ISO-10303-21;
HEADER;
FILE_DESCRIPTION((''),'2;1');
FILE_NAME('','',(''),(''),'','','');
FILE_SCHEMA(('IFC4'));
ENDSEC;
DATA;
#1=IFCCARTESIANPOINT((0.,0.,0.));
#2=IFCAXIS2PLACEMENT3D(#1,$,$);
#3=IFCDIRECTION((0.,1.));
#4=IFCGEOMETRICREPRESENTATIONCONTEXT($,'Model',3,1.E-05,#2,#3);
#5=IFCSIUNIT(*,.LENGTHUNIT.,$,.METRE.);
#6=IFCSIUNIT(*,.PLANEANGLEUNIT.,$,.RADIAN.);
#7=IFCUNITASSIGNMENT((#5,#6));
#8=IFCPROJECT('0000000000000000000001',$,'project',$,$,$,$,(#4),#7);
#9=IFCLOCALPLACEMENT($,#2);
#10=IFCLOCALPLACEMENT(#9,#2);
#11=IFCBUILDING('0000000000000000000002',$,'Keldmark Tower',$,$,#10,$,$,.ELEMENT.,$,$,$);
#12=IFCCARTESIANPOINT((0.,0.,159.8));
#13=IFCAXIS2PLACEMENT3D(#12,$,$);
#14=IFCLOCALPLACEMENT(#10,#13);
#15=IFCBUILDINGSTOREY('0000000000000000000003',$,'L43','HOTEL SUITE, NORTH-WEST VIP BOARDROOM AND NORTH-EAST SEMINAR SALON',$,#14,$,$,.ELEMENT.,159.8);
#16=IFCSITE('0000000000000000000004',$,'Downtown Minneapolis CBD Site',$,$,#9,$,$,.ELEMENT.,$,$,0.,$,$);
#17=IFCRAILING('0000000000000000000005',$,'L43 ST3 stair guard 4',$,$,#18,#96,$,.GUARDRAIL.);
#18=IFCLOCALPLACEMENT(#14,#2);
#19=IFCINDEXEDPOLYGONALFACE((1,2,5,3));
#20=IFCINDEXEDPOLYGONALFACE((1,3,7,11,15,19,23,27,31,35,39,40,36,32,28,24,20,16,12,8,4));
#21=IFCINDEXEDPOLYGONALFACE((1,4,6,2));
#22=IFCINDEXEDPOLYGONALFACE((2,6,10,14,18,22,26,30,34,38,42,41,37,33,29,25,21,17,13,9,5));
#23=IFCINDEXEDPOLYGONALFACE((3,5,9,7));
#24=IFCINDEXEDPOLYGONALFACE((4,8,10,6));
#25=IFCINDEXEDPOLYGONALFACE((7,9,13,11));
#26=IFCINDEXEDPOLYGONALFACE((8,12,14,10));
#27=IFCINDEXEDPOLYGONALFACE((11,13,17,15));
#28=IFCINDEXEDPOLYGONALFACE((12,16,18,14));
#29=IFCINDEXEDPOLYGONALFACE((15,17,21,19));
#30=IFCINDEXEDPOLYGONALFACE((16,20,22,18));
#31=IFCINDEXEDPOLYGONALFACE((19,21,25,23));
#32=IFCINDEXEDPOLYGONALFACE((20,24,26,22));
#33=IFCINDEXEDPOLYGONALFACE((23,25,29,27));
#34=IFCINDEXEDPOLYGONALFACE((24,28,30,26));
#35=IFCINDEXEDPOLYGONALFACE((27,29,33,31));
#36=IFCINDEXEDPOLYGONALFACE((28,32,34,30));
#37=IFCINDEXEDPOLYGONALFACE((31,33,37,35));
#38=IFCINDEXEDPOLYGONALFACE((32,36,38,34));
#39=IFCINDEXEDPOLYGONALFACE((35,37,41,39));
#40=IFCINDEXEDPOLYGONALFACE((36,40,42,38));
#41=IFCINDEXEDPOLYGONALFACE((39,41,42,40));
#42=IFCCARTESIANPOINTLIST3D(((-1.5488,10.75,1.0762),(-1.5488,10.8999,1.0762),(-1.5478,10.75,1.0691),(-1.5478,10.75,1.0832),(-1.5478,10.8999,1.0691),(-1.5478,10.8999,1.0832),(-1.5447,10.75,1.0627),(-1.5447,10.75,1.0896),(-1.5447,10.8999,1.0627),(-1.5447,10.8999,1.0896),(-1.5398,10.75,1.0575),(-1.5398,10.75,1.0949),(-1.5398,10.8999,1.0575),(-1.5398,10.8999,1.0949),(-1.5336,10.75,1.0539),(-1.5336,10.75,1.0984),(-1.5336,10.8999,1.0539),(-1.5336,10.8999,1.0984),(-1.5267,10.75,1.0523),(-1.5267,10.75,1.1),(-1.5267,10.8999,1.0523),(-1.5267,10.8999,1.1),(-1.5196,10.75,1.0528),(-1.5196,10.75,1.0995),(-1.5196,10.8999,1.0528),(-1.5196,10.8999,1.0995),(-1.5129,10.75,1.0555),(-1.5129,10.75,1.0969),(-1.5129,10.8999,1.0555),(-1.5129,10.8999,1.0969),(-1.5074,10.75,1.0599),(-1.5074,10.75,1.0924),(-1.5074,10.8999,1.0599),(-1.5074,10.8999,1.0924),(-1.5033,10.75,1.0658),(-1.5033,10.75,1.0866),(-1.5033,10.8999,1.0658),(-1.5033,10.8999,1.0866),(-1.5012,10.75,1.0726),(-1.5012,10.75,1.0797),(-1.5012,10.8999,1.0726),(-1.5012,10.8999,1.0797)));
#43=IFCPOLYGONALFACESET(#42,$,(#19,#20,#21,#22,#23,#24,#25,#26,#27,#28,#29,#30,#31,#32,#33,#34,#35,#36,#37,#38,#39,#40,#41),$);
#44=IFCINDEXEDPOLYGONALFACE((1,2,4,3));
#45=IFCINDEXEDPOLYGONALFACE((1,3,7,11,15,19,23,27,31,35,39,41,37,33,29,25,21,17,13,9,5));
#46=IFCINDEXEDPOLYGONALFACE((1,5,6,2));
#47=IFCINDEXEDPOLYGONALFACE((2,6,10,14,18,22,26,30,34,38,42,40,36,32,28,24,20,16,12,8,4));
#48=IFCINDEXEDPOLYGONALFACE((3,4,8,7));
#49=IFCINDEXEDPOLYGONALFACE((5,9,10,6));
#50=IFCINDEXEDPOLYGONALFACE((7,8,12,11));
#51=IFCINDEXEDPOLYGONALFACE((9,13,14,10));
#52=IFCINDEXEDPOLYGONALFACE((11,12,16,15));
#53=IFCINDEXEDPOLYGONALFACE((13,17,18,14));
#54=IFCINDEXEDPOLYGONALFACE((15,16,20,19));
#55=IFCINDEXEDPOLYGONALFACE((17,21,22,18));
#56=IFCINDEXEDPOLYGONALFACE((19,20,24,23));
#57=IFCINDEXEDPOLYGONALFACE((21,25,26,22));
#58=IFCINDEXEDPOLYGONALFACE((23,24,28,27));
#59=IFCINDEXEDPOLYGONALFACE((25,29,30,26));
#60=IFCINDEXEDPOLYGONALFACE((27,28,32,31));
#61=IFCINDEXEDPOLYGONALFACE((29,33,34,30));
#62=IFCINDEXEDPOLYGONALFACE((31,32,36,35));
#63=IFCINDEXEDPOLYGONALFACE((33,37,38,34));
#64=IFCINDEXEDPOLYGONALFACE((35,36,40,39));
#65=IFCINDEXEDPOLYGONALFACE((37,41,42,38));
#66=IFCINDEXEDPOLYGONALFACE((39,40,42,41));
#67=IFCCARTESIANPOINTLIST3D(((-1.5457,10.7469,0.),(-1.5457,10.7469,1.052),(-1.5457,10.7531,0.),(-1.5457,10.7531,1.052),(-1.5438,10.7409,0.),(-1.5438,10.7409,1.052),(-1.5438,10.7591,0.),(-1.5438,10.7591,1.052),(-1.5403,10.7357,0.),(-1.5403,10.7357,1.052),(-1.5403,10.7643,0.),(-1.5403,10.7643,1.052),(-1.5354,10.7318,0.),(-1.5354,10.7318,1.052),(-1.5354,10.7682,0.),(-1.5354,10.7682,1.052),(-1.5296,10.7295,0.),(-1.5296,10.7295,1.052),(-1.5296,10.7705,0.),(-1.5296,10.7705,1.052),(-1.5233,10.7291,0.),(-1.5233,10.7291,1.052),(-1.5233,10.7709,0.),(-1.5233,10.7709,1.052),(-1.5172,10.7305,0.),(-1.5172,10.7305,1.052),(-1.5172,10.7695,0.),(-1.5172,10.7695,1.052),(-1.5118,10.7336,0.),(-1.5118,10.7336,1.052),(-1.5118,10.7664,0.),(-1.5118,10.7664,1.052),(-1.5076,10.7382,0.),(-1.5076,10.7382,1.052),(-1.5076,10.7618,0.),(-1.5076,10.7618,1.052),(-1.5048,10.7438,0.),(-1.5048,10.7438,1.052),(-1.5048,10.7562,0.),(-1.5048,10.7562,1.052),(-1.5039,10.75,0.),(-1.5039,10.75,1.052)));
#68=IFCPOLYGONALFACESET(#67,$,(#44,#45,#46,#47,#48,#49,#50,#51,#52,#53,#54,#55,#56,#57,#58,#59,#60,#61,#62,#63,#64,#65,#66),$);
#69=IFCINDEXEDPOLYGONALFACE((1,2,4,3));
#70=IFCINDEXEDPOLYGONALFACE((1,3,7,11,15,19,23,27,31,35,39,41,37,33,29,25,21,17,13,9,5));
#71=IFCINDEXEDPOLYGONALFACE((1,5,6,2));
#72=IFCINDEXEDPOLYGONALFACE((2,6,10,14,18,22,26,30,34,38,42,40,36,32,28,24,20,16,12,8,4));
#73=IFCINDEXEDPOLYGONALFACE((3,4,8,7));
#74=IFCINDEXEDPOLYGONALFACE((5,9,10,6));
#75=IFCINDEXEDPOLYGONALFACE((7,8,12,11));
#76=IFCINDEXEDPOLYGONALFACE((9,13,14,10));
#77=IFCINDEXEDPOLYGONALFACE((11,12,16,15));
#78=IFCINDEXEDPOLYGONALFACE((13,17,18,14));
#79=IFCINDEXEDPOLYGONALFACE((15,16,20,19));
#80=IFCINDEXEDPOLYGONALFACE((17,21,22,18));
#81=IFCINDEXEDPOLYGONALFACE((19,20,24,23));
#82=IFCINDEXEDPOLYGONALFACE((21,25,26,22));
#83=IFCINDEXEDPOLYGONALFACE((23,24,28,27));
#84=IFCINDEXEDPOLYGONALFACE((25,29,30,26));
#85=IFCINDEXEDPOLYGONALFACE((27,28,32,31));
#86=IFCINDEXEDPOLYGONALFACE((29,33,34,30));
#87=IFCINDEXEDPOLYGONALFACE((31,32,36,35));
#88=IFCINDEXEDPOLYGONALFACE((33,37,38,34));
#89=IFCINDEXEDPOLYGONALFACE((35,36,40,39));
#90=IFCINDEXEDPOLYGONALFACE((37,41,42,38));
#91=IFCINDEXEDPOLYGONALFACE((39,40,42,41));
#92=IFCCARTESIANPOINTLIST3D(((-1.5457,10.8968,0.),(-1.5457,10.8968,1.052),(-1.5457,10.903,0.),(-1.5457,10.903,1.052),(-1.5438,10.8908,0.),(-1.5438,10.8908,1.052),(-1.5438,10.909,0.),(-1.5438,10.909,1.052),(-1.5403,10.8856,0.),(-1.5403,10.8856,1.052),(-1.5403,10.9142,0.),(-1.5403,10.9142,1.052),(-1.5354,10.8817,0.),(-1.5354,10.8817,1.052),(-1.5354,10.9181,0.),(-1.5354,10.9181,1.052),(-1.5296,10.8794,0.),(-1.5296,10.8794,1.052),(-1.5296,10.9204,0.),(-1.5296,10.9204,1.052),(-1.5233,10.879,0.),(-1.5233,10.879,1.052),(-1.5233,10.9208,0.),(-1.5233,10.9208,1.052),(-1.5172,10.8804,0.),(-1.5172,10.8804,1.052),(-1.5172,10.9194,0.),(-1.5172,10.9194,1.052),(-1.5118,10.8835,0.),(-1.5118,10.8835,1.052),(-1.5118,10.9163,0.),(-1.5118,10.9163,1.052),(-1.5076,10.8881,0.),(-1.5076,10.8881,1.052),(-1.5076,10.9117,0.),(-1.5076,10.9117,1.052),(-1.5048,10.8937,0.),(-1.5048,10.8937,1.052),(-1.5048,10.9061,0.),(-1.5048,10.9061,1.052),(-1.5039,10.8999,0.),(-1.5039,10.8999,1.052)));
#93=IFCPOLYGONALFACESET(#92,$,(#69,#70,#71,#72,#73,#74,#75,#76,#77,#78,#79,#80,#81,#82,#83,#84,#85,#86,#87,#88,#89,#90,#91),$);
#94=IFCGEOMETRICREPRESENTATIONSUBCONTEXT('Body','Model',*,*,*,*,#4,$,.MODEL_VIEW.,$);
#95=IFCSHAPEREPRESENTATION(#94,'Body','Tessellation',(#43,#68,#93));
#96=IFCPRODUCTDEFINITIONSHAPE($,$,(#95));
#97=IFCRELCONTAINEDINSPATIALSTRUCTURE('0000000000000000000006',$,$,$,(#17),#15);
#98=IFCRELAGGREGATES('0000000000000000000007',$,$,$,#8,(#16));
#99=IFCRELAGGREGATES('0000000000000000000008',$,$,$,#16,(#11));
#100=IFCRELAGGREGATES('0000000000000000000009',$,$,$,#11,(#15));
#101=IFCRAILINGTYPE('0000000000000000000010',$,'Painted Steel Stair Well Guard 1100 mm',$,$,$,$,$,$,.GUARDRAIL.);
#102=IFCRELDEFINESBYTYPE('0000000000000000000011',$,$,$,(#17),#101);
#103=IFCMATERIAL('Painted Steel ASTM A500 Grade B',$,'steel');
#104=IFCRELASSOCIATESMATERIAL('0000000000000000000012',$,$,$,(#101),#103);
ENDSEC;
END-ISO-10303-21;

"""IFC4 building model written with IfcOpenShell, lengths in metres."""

from ifc_helpers import new_model, si_unit, direction, frame, origin, origin_2d, place, context, subcontext, project, spatial, circle, extrude, material, type_object, element, save


model = new_model("IFC4")

# Units and contexts
model_context = context("Model", 3, precision=1e-05, world=origin(), true_north=direction((0.0, 1.0)))
body_context = subcontext(model_context, "Body", "Model", "MODEL_VIEW")
ifc_project = project(units=[si_unit("LENGTHUNIT", "METRE"), si_unit("PLANEANGLEUNIT", "RADIAN")], contexts=[model_context])

# Site, building, storey
site_placement = place(None, origin())
site = spatial("IfcSite", under=ifc_project, at=site_placement, Name="Downtown Minneapolis CBD Site", CompositionType="ELEMENT", RefElevation=0.0)
building_placement = place(site_placement, origin())
building = spatial("IfcBuilding", under=site, at=building_placement, Name="Keldmark Tower", CompositionType="ELEMENT")
storey_placement = place(building_placement, frame((0.0, 0.0, 159.8)))
storey = spatial("IfcBuildingStorey", under=building, at=storey_placement, Name="L43", Description="HOTEL SUITE, NORTH-WEST VIP BOARDROOM AND NORTH-EAST SEMINAR SALON", CompositionType="ELEMENT", Elevation=159.8)

# Railing
ifc_material_1 = material(Name="Painted Steel ASTM A500 Grade B", Category="steel")
railing_type = type_object("IfcRailingType", Name="Painted Steel Stair Well Guard 1100 mm", PredefinedType="GUARDRAIL", material=ifc_material_1)
railing_1_placement = place(storey_placement, frame((-1.5249, 10.75, 0.0)))
element("IfcRailing", 1, at=railing_1_placement, inside=storey, type_object=railing_type, Name="L43 ST3 stair guard 4", PredefinedType="GUARDRAIL", context=body_context, shape_type="SweptSolid", body=[
    extrude(circle(Radius=0.0239, at=origin_2d()), frame((0.0, 0.0, 1.0762), z_axis=(0.0, 1.0, 0.0), x_axis=(-1.0, 0.0, 0.0)), (0.0, 0.0, 1.0), 0.1499),
    extrude(circle(Radius=0.021, at=origin_2d()), origin(), (0.0, 0.0, 1.0), 1.052),
    extrude(circle(Radius=0.021, at=origin_2d()), frame((0.0, 0.1499, 0.0)), (0.0, 0.0, 1.0), 1.052),
])

save(model, "model.ifc")
